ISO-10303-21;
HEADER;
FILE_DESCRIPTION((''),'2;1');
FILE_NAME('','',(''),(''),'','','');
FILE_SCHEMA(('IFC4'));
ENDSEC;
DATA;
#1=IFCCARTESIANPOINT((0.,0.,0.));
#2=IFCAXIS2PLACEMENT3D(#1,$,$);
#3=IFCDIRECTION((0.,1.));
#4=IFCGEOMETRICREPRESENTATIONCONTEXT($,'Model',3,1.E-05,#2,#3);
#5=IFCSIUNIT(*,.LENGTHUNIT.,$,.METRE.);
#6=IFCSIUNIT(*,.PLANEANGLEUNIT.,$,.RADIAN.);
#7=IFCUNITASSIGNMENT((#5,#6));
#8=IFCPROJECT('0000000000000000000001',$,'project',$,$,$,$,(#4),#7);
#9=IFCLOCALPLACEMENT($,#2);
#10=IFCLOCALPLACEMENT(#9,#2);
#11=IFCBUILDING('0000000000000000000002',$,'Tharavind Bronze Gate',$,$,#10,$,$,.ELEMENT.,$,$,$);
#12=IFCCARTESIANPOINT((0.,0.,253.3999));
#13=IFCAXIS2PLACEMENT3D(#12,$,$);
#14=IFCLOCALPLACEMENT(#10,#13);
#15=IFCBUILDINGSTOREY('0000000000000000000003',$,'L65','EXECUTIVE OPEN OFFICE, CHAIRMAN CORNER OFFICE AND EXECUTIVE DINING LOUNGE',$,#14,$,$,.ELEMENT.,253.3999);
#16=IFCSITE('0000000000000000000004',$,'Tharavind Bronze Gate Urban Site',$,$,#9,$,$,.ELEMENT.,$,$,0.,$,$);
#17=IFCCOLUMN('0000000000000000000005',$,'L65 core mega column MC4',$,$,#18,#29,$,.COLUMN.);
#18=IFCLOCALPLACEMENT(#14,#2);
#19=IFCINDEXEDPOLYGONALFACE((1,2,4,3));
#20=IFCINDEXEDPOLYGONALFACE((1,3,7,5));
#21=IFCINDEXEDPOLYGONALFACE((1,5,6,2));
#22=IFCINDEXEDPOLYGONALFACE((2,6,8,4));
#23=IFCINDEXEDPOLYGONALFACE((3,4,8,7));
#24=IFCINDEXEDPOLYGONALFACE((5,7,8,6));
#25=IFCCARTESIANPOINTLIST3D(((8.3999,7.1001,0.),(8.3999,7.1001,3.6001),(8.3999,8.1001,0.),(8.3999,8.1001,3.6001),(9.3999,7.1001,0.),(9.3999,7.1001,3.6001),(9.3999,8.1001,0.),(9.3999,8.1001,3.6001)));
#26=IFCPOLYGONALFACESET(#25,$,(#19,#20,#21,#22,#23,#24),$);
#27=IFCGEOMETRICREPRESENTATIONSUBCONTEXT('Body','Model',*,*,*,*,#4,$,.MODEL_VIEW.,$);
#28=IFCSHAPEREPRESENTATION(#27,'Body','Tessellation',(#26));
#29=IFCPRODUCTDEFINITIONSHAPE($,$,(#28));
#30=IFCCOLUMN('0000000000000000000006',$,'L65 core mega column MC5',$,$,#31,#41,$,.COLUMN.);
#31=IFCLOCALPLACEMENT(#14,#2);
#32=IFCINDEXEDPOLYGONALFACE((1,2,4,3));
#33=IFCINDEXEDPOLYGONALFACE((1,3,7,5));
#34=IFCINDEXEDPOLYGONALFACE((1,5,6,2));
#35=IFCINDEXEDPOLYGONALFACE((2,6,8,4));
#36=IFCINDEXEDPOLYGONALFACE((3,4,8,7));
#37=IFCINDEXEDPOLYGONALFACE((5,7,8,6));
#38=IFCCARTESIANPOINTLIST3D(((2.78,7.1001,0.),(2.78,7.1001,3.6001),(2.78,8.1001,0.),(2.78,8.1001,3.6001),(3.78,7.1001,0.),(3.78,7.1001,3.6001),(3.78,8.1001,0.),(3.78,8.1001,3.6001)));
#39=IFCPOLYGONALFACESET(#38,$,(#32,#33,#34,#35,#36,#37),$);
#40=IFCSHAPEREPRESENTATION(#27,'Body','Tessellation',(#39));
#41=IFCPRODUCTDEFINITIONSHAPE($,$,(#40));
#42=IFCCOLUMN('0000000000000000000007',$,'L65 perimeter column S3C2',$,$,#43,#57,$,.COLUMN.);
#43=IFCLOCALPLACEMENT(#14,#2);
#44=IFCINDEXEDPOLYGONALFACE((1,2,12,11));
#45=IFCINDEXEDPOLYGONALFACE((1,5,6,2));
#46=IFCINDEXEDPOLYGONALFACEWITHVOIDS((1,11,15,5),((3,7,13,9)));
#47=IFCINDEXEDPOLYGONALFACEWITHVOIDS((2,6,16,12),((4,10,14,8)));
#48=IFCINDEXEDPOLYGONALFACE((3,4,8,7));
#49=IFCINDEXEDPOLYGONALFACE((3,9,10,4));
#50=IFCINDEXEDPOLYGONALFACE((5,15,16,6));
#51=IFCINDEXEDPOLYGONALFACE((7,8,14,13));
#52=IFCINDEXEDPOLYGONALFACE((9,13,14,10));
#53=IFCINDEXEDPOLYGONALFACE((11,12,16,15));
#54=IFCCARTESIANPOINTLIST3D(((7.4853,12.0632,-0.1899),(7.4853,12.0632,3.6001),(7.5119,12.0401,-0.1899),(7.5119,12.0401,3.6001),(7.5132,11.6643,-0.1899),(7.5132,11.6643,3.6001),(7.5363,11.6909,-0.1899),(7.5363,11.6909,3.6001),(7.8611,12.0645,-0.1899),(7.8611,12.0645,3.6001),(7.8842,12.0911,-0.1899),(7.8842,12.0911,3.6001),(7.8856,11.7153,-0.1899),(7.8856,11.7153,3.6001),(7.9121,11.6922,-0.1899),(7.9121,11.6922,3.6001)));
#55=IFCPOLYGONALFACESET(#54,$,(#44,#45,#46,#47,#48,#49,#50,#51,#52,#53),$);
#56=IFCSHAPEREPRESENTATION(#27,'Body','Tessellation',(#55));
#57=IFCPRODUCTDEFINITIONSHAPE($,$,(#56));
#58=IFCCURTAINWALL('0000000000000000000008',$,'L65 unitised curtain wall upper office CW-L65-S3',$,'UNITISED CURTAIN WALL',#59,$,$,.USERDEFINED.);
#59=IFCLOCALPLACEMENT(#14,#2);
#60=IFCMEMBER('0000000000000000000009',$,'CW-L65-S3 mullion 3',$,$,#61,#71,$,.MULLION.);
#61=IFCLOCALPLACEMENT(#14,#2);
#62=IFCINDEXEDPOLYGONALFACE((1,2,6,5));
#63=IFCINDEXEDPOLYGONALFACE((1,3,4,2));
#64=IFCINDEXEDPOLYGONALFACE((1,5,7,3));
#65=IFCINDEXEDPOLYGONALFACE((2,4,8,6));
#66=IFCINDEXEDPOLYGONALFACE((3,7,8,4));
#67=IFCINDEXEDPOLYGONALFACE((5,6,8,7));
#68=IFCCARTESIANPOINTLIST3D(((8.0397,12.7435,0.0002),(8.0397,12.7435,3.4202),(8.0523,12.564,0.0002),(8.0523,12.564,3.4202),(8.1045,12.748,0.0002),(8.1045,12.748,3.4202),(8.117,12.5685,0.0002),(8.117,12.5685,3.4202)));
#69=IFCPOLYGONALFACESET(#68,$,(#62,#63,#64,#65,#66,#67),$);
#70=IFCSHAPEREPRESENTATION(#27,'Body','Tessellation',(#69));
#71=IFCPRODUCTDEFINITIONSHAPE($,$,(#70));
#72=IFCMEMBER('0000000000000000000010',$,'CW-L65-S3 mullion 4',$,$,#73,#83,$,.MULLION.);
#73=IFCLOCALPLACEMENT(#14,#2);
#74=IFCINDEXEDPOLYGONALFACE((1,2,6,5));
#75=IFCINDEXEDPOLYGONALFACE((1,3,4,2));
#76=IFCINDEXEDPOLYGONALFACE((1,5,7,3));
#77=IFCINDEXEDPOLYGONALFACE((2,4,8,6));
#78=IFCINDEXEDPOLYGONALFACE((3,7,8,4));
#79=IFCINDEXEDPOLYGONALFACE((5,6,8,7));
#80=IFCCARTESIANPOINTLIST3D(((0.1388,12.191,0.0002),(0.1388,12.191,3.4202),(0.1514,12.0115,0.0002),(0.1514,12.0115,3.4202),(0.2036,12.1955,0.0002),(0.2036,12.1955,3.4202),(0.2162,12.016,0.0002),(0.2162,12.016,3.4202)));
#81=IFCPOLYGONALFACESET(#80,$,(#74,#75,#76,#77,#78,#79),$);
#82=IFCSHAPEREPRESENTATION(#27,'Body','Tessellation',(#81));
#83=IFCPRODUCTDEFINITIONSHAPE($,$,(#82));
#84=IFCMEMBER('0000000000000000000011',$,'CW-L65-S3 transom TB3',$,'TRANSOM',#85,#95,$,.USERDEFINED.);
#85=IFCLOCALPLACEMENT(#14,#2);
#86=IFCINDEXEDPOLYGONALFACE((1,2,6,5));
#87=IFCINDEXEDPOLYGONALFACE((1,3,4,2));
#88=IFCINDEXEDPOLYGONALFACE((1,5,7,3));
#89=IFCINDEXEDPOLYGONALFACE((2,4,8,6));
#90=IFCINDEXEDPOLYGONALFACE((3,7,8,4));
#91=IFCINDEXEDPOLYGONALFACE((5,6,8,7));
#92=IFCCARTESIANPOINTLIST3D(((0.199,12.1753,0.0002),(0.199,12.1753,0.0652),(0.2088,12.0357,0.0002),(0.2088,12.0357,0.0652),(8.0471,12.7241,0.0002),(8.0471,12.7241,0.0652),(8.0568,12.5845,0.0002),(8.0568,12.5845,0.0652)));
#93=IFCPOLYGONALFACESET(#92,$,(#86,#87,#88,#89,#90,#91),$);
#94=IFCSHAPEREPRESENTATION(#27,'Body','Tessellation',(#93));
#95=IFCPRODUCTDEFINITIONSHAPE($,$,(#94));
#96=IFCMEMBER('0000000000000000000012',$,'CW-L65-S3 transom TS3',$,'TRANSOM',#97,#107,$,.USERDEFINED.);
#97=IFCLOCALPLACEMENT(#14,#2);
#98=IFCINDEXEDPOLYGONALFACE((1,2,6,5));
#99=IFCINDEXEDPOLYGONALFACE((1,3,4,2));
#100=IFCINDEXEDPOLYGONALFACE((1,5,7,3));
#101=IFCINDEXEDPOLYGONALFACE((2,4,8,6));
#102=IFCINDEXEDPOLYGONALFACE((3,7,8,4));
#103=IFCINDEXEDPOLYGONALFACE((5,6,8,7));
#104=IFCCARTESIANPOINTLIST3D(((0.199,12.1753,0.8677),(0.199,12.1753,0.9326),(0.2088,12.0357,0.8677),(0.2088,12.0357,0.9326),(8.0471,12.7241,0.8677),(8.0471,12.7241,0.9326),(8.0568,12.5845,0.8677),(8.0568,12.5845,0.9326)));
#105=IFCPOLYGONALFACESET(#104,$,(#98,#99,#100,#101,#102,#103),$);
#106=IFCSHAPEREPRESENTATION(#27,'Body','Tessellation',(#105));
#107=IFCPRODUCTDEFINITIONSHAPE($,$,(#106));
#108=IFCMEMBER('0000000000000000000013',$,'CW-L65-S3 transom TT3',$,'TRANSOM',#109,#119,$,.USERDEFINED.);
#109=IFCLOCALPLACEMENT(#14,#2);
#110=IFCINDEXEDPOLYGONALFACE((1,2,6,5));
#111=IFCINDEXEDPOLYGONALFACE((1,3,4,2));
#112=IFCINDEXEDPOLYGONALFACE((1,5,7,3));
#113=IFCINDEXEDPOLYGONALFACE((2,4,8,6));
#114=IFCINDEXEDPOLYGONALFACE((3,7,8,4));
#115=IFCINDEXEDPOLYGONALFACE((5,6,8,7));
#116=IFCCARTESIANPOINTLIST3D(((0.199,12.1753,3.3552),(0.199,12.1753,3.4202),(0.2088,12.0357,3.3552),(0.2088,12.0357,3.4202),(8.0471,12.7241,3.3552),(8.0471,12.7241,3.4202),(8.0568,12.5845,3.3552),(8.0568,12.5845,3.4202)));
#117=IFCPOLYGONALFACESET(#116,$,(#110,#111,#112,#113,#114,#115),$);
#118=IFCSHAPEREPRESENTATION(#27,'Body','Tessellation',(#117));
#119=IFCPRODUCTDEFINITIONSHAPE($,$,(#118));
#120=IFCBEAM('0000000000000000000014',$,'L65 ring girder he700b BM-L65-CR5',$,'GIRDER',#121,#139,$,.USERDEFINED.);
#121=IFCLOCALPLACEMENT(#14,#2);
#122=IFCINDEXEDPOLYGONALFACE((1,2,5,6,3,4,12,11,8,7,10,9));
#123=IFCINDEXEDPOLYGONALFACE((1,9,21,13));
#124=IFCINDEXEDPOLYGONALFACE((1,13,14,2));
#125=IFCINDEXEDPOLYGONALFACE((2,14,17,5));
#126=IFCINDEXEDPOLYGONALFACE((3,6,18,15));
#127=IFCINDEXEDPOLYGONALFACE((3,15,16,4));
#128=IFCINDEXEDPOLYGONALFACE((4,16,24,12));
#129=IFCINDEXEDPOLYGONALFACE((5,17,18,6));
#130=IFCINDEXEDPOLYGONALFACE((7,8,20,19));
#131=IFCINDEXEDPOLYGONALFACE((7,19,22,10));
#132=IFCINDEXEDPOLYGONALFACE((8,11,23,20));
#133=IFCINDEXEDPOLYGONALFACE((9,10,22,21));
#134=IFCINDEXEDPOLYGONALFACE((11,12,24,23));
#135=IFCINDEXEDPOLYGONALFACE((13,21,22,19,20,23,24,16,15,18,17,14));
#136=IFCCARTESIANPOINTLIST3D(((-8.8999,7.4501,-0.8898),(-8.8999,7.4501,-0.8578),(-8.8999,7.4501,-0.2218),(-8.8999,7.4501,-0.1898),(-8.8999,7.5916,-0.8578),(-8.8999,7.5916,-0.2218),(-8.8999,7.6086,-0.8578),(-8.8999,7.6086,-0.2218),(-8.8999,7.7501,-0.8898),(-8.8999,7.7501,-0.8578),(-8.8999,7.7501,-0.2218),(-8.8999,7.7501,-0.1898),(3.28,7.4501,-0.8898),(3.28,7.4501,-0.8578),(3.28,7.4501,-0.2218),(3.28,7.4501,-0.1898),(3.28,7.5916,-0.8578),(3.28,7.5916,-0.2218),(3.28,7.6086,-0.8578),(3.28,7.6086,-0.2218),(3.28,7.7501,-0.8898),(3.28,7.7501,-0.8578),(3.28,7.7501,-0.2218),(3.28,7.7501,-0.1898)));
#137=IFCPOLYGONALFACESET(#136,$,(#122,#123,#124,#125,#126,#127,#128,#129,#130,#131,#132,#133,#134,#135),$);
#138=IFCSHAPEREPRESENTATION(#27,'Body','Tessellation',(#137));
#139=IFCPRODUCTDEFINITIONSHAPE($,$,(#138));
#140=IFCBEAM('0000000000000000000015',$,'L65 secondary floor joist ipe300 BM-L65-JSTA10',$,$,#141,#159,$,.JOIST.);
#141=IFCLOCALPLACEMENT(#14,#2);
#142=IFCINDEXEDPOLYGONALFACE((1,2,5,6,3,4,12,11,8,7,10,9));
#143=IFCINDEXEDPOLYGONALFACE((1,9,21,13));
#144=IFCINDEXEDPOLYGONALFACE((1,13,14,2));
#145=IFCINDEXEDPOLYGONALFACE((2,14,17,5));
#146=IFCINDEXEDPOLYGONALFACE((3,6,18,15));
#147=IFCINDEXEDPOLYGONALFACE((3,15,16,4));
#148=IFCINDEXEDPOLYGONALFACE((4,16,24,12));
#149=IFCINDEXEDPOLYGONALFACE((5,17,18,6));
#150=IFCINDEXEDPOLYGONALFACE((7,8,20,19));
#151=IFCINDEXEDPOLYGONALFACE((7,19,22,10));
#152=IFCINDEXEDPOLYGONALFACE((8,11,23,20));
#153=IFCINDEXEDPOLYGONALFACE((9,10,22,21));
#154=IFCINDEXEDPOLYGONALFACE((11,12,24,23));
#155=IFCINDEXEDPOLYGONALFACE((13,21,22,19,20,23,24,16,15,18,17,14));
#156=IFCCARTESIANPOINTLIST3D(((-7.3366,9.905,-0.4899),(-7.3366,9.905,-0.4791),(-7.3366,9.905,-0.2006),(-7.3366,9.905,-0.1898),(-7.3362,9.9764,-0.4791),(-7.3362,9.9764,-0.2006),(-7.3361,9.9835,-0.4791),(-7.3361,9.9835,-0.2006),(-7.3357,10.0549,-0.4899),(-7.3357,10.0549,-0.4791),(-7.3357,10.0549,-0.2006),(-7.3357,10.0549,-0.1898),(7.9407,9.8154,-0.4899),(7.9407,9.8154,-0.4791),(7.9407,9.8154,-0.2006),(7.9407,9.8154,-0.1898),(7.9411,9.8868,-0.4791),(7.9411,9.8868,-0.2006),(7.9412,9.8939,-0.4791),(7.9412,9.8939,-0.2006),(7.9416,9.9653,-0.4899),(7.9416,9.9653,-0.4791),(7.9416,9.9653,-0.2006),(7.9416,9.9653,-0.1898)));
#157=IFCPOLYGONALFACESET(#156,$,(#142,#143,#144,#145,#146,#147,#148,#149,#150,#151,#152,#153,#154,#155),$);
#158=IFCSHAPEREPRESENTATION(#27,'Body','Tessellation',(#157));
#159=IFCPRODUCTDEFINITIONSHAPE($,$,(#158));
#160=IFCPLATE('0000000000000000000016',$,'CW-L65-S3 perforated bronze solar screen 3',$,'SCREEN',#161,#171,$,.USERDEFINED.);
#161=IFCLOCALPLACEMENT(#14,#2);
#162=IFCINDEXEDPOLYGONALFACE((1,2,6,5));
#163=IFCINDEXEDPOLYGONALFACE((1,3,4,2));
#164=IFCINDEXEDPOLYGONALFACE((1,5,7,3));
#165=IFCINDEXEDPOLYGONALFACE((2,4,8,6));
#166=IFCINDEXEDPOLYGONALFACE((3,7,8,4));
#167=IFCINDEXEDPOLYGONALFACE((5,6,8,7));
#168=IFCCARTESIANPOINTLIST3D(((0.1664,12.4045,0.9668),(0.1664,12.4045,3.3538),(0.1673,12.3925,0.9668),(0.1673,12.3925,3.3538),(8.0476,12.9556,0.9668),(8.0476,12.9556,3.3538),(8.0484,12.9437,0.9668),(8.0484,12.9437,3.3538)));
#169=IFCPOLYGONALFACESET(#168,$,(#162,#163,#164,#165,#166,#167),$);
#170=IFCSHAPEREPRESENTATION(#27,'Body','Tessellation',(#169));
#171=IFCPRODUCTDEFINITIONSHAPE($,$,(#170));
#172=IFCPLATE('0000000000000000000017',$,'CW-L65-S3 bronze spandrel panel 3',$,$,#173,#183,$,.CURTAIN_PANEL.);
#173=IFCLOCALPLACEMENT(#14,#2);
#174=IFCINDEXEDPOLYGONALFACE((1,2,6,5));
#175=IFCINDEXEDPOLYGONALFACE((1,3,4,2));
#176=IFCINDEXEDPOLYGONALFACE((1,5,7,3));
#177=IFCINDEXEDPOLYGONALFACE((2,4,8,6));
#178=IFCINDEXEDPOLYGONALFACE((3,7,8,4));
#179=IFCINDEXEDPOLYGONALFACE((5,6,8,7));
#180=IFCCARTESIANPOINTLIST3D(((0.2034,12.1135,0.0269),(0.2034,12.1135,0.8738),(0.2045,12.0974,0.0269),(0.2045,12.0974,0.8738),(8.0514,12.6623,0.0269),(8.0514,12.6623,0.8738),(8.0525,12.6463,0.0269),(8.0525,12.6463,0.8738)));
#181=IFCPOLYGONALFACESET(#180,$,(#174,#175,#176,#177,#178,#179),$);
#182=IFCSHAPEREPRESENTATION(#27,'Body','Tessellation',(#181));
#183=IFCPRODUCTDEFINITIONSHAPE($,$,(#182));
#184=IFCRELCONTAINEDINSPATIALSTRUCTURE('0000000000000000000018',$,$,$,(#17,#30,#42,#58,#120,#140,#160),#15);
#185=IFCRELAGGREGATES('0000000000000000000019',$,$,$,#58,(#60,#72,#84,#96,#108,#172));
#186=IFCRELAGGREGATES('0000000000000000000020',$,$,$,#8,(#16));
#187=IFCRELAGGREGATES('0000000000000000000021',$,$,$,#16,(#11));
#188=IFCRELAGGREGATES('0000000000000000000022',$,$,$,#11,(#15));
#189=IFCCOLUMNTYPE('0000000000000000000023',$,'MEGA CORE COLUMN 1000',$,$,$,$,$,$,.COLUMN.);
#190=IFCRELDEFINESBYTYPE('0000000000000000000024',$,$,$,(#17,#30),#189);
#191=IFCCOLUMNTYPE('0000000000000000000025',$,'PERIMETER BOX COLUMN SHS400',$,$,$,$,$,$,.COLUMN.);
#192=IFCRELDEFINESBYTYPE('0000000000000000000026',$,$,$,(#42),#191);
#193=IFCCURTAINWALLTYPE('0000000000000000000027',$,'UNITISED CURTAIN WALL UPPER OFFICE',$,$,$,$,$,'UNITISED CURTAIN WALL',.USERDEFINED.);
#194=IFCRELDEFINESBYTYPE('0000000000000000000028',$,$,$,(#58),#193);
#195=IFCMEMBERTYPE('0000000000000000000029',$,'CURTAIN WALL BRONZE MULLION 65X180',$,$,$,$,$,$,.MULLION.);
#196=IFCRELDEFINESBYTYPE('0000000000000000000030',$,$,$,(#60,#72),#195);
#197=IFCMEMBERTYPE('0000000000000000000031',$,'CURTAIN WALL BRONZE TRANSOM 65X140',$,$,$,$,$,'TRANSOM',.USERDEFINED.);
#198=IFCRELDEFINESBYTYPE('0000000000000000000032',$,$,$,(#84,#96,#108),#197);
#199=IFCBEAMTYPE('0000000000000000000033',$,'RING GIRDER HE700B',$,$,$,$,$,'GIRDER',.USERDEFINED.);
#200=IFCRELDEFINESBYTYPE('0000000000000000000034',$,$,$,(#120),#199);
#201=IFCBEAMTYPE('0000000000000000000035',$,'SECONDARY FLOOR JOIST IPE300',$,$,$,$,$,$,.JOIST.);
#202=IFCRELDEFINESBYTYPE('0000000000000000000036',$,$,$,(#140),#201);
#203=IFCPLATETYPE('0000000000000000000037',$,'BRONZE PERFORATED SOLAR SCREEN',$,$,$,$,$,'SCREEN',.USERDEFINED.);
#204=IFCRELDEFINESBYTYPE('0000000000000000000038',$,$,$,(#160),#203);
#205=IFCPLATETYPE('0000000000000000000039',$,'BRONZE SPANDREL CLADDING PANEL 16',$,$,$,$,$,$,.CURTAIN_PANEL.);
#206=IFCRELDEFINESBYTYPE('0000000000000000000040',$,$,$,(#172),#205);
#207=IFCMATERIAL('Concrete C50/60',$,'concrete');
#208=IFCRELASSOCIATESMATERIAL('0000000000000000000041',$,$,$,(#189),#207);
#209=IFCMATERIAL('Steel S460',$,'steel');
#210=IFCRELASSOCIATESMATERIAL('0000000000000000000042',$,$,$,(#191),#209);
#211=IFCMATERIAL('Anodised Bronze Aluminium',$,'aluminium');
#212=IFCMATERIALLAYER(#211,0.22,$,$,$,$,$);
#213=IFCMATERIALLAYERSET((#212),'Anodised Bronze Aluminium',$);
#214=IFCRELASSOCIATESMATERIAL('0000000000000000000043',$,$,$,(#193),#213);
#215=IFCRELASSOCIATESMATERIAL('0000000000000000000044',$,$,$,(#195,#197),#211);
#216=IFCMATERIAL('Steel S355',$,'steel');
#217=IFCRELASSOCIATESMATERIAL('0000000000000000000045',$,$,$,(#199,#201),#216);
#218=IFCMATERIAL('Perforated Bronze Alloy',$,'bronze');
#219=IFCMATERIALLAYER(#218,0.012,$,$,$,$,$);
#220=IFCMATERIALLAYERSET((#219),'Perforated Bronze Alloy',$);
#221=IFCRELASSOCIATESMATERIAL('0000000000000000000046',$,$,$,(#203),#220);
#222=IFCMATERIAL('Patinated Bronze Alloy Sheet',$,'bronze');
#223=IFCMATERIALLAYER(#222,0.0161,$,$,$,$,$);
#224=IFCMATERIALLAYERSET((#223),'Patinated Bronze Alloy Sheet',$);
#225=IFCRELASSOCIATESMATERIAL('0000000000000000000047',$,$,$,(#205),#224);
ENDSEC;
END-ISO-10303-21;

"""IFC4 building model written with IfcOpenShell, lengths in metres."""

from ifc_helpers import new_model, si_unit, direction, frame, origin, origin_2d, place, context, subcontext, project, spatial, rectangle, hollow_rectangle, i_section, extrude, material, layer, layer_set, material_profile, profile_set, type_object, element, aggregate, save


model = new_model("IFC4")

# Units and contexts
model_context = context("Model", 3, precision=1e-05, world=origin(), true_north=direction((0.0, 1.0)))
body_context = subcontext(model_context, "Body", "Model", "MODEL_VIEW")
ifc_project = project(units=[si_unit("LENGTHUNIT", "METRE"), si_unit("PLANEANGLEUNIT", "RADIAN")], contexts=[model_context])

# Site, building, storey
site_placement = place(None, origin())
site = spatial("IfcSite", under=ifc_project, at=site_placement, Name="Tharavind Bronze Gate Urban Site", CompositionType="ELEMENT", RefElevation=0.0)
building_placement = place(site_placement, origin())
building = spatial("IfcBuilding", under=site, at=building_placement, Name="Tharavind Bronze Gate", CompositionType="ELEMENT")
storey_placement = place(building_placement, frame((0.0, 0.0, 253.3999)))
storey = spatial("IfcBuildingStorey", under=building, at=storey_placement, Name="L65", Description="EXECUTIVE OPEN OFFICE, CHAIRMAN CORNER OFFICE AND EXECUTIVE DINING LOUNGE", CompositionType="ELEMENT", Elevation=253.3999)

# Columns
ifc_material_1 = material(Name="Concrete C50/60", Category="concrete")
ifc_material_profile_1 = material_profile(ifc_material_1, rectangle(XDim=1.0, YDim=1.0, at=origin_2d()), Name="RCCOL1000")
ifc_profile_set_1 = profile_set([ifc_material_profile_1], Name="Concrete C50/60")
column_type_1 = type_object("IfcColumnType", Name="MEGA CORE COLUMN 1000", PredefinedType="COLUMN", material=ifc_profile_set_1)
for number, where, z_axis, x_axis, name in (
    (1, (8.8999, 7.6001, 0.0), (0.0, 0.0, 1.0), (1.0, 0.0, 0.0), "L65 core mega column MC4"),
    (2, (3.28, 7.6001, 0.0), (0.0, 0.0, 1.0), (1.0, 0.0, 0.0), "L65 core mega column MC5"),
):
    element("IfcColumn", number, at=place(storey_placement, frame(where, z_axis=z_axis, x_axis=x_axis)), inside=storey, type_object=column_type_1, Name=name, PredefinedType="COLUMN", context=body_context, shape_type="SweptSolid", body=[
        extrude(rectangle(XDim=1.0, YDim=1.0, at=origin_2d()), origin(), (0.0, 0.0, 1.0), 3.6001),
    ])
ifc_material_2 = material(Name="Steel S460", Category="steel")
ifc_material_profile_2 = material_profile(ifc_material_2, hollow_rectangle(XDim=0.3999, YDim=0.3999, WallThickness=0.0249, at=origin_2d()), Name="SHS400X25")
ifc_profile_set_2 = profile_set([ifc_material_profile_2], Name="Steel S460")
column_type_2 = type_object("IfcColumnType", Name="PERIMETER BOX COLUMN SHS400", PredefinedType="COLUMN", material=ifc_profile_set_2)
column_placement = place(storey_placement, frame((7.6987, 11.8777, -0.1899), z_axis=(0.0, 0.0, 1.0), x_axis=(0.997564, 0.069758, 0.0)))
element("IfcColumn", 3, at=column_placement, inside=storey, type_object=column_type_2, Name="L65 perimeter column S3C2", PredefinedType="COLUMN", context=body_context, shape_type="SweptSolid", body=[
    extrude(hollow_rectangle(XDim=0.3999, YDim=0.3999, WallThickness=0.0249, at=origin_2d()), origin(), (0.0, 0.0, 1.0), 3.79),
])

# Curtain wall, members
ifc_material_3 = material(Name="Anodised Bronze Aluminium", Category="aluminium")
ifc_layer_1 = layer(ifc_material_3, 0.22)
ifc_layer_set_1 = layer_set([ifc_layer_1], Name="Anodised Bronze Aluminium")
curtain_wall_type = type_object("IfcCurtainWallType", Name="UNITISED CURTAIN WALL UPPER OFFICE", ElementType="UNITISED CURTAIN WALL", PredefinedType="USERDEFINED", material=ifc_layer_set_1)
curtain_wall_placement = place(storey_placement, origin())
curtain_wall = element("IfcCurtainWall", 4, at=curtain_wall_placement, inside=storey, type_object=curtain_wall_type, Name="L65 unitised curtain wall upper office CW-L65-S3", ObjectType="UNITISED CURTAIN WALL", PredefinedType="USERDEFINED")
member_type_1 = type_object("IfcMemberType", Name="CURTAIN WALL BRONZE MULLION 65X180", PredefinedType="MULLION", material=ifc_material_3)
member_1_placement = place(storey_placement, frame((8.0784, 12.656, 0.0002), z_axis=(0.0, 0.0, 1.0), x_axis=(-0.997564, -0.06976, 0.0)))
member_1 = element("IfcMember", 5, at=member_1_placement, type_object=member_type_1, Name="CW-L65-S3 mullion 3", PredefinedType="MULLION", context=body_context, shape_type="SweptSolid", body=[
    extrude(rectangle(XDim=0.0649, YDim=0.1799, at=origin_2d()), origin(), (0.0, 0.0, 1.0), 3.4199),
])
member_2_placement = place(storey_placement, frame((0.1775, 12.1035, 0.0002), z_axis=(0.0, 0.0, 1.0), x_axis=(-0.997564, -0.06976, 0.0)))
member_2 = element("IfcMember", 6, at=member_2_placement, type_object=member_type_1, Name="CW-L65-S3 mullion 4", PredefinedType="MULLION", context=body_context, shape_type="SweptSolid", body=[
    extrude(rectangle(XDim=0.0649, YDim=0.1799, at=origin_2d()), origin(), (0.0, 0.0, 1.0), 3.4199),
])
member_type_2 = type_object("IfcMemberType", Name="CURTAIN WALL BRONZE TRANSOM 65X140", ElementType="TRANSOM", PredefinedType="USERDEFINED", material=ifc_material_3)
member_3_placement = place(storey_placement, frame((4.1279, 12.3799, 0.0002), z_axis=(0.0, 0.0, 1.0), x_axis=(-0.997564, -0.06976, 0.0)))
member_3 = element("IfcMember", 7, at=member_3_placement, type_object=member_type_2, Name="CW-L65-S3 transom TB3", ObjectType="TRANSOM", PredefinedType="USERDEFINED", context=body_context, shape_type="SweptSolid", body=[
    extrude(rectangle(XDim=7.8672, YDim=0.1399, at=origin_2d()), origin(), (0.0, 0.0, 1.0), 0.0649),
])
member_4_placement = place(storey_placement, frame((4.1279, 12.3799, 0.8677), z_axis=(0.0, 0.0, 1.0), x_axis=(-0.997564, -0.06976, 0.0)))
member_4 = element("IfcMember", 8, at=member_4_placement, type_object=member_type_2, Name="CW-L65-S3 transom TS3", ObjectType="TRANSOM", PredefinedType="USERDEFINED", context=body_context, shape_type="SweptSolid", body=[
    extrude(rectangle(XDim=7.8672, YDim=0.1399, at=origin_2d()), origin(), (0.0, 0.0, 1.0), 0.0649),
])
member_5_placement = place(storey_placement, frame((4.1279, 12.3799, 3.3552), z_axis=(0.0, 0.0, 1.0), x_axis=(-0.997564, -0.06976, 0.0)))
member_5 = element("IfcMember", 9, at=member_5_placement, type_object=member_type_2, Name="CW-L65-S3 transom TT3", ObjectType="TRANSOM", PredefinedType="USERDEFINED", context=body_context, shape_type="SweptSolid", body=[
    extrude(rectangle(XDim=7.8672, YDim=0.1399, at=origin_2d()), origin(), (0.0, 0.0, 1.0), 0.0649),
])

# Beams
ifc_material_4 = material(Name="Steel S355", Category="steel")
ifc_material_profile_3 = material_profile(ifc_material_4, i_section(OverallWidth=0.3, OverallDepth=0.7, WebThickness=0.0171, FlangeThickness=0.032, at=origin_2d()), Name="HE700B")
ifc_profile_set_3 = profile_set([ifc_material_profile_3], Name="Steel S355")
beam_type_1 = type_object("IfcBeamType", Name="RING GIRDER HE700B", ElementType="GIRDER", PredefinedType="USERDEFINED", material=ifc_profile_set_3)
beam_1_placement = place(storey_placement, frame((3.28, 7.6001, -0.5398), z_axis=(-1.0, 0.0, 0.0), x_axis=(0.0, -1.0, 0.0)))
element("IfcBeam", 10, at=beam_1_placement, inside=storey, type_object=beam_type_1, Name="L65 ring girder he700b BM-L65-CR5", ObjectType="GIRDER", PredefinedType="USERDEFINED", context=body_context, shape_type="SweptSolid", body=[
    extrude(i_section(OverallWidth=0.3, OverallDepth=0.7, WebThickness=0.0171, FlangeThickness=0.032, at=origin_2d()), origin(), (0.0, 0.0, 1.0), 12.1799),
])
ifc_material_profile_4 = material_profile(ifc_material_4, i_section(OverallWidth=0.1499, OverallDepth=0.3, WebThickness=0.0071, FlangeThickness=0.0107, at=origin_2d()), Name="IPE300")
ifc_profile_set_4 = profile_set([ifc_material_profile_4], Name="Steel S355")
beam_type_2 = type_object("IfcBeamType", Name="SECONDARY FLOOR JOIST IPE300", PredefinedType="JOIST", material=ifc_profile_set_4)
beam_2_placement = place(storey_placement, frame((7.9412, 9.8904, -0.3398), z_axis=(-0.999983, 0.005865, 0.0), x_axis=(-0.005865, -0.999983, 0.0)))
element("IfcBeam", 11, at=beam_2_placement, inside=storey, type_object=beam_type_2, Name="L65 secondary floor joist ipe300 BM-L65-JSTA10", PredefinedType="JOIST", context=body_context, shape_type="SweptSolid", body=[
    extrude(i_section(OverallWidth=0.1499, OverallDepth=0.3, WebThickness=0.0071, FlangeThickness=0.0107, at=origin_2d()), origin(), (0.0, 0.0, 1.0), 15.2776),
])

# Plates
ifc_material_5 = material(Name="Perforated Bronze Alloy", Category="bronze")
ifc_layer_2 = layer(ifc_material_5, 0.012)
ifc_layer_set_2 = layer_set([ifc_layer_2], Name="Perforated Bronze Alloy")
plate_type_1 = type_object("IfcPlateType", Name="BRONZE PERFORATED SOLAR SCREEN", ElementType="SCREEN", PredefinedType="USERDEFINED", material=ifc_layer_set_2)
plate_1_placement = place(storey_placement, frame((4.1074, 12.6741, 0.9668), z_axis=(0.0, 0.0, 1.0), x_axis=(-0.997564, -0.06976, 0.0)))
element("IfcPlate", 12, at=plate_1_placement, inside=storey, type_object=plate_type_1, Name="CW-L65-S3 perforated bronze solar screen 3", ObjectType="SCREEN", PredefinedType="USERDEFINED", context=body_context, shape_type="SweptSolid", body=[
    extrude(rectangle(XDim=7.9004, YDim=0.012, at=origin_2d()), origin(), (0.0, 0.0, 1.0), 2.387),
])
ifc_material_6 = material(Name="Patinated Bronze Alloy Sheet", Category="bronze")
ifc_layer_3 = layer(ifc_material_6, 0.0161)
ifc_layer_set_3 = layer_set([ifc_layer_3], Name="Patinated Bronze Alloy Sheet")
plate_type_2 = type_object("IfcPlateType", Name="BRONZE SPANDREL CLADDING PANEL 16", PredefinedType="CURTAIN_PANEL", material=ifc_layer_set_3)
plate_2_placement = place(storey_placement, frame((4.1279, 12.3799, 0.0269), z_axis=(0.0, 0.0, 1.0), x_axis=(-0.997564, -0.06976, 0.0)))
plate_2 = element("IfcPlate", 13, at=plate_2_placement, type_object=plate_type_2, Name="CW-L65-S3 bronze spandrel panel 3", PredefinedType="CURTAIN_PANEL", context=body_context, shape_type="SweptSolid", body=[
    extrude(rectangle(XDim=7.8672, YDim=0.0161, at=origin_2d()), origin(), (0.0, 0.0, 1.0), 0.8469),
])
aggregate(curtain_wall, [member_1, member_2, member_3, member_4, member_5, plate_2])

save(model, "model.ifc")
